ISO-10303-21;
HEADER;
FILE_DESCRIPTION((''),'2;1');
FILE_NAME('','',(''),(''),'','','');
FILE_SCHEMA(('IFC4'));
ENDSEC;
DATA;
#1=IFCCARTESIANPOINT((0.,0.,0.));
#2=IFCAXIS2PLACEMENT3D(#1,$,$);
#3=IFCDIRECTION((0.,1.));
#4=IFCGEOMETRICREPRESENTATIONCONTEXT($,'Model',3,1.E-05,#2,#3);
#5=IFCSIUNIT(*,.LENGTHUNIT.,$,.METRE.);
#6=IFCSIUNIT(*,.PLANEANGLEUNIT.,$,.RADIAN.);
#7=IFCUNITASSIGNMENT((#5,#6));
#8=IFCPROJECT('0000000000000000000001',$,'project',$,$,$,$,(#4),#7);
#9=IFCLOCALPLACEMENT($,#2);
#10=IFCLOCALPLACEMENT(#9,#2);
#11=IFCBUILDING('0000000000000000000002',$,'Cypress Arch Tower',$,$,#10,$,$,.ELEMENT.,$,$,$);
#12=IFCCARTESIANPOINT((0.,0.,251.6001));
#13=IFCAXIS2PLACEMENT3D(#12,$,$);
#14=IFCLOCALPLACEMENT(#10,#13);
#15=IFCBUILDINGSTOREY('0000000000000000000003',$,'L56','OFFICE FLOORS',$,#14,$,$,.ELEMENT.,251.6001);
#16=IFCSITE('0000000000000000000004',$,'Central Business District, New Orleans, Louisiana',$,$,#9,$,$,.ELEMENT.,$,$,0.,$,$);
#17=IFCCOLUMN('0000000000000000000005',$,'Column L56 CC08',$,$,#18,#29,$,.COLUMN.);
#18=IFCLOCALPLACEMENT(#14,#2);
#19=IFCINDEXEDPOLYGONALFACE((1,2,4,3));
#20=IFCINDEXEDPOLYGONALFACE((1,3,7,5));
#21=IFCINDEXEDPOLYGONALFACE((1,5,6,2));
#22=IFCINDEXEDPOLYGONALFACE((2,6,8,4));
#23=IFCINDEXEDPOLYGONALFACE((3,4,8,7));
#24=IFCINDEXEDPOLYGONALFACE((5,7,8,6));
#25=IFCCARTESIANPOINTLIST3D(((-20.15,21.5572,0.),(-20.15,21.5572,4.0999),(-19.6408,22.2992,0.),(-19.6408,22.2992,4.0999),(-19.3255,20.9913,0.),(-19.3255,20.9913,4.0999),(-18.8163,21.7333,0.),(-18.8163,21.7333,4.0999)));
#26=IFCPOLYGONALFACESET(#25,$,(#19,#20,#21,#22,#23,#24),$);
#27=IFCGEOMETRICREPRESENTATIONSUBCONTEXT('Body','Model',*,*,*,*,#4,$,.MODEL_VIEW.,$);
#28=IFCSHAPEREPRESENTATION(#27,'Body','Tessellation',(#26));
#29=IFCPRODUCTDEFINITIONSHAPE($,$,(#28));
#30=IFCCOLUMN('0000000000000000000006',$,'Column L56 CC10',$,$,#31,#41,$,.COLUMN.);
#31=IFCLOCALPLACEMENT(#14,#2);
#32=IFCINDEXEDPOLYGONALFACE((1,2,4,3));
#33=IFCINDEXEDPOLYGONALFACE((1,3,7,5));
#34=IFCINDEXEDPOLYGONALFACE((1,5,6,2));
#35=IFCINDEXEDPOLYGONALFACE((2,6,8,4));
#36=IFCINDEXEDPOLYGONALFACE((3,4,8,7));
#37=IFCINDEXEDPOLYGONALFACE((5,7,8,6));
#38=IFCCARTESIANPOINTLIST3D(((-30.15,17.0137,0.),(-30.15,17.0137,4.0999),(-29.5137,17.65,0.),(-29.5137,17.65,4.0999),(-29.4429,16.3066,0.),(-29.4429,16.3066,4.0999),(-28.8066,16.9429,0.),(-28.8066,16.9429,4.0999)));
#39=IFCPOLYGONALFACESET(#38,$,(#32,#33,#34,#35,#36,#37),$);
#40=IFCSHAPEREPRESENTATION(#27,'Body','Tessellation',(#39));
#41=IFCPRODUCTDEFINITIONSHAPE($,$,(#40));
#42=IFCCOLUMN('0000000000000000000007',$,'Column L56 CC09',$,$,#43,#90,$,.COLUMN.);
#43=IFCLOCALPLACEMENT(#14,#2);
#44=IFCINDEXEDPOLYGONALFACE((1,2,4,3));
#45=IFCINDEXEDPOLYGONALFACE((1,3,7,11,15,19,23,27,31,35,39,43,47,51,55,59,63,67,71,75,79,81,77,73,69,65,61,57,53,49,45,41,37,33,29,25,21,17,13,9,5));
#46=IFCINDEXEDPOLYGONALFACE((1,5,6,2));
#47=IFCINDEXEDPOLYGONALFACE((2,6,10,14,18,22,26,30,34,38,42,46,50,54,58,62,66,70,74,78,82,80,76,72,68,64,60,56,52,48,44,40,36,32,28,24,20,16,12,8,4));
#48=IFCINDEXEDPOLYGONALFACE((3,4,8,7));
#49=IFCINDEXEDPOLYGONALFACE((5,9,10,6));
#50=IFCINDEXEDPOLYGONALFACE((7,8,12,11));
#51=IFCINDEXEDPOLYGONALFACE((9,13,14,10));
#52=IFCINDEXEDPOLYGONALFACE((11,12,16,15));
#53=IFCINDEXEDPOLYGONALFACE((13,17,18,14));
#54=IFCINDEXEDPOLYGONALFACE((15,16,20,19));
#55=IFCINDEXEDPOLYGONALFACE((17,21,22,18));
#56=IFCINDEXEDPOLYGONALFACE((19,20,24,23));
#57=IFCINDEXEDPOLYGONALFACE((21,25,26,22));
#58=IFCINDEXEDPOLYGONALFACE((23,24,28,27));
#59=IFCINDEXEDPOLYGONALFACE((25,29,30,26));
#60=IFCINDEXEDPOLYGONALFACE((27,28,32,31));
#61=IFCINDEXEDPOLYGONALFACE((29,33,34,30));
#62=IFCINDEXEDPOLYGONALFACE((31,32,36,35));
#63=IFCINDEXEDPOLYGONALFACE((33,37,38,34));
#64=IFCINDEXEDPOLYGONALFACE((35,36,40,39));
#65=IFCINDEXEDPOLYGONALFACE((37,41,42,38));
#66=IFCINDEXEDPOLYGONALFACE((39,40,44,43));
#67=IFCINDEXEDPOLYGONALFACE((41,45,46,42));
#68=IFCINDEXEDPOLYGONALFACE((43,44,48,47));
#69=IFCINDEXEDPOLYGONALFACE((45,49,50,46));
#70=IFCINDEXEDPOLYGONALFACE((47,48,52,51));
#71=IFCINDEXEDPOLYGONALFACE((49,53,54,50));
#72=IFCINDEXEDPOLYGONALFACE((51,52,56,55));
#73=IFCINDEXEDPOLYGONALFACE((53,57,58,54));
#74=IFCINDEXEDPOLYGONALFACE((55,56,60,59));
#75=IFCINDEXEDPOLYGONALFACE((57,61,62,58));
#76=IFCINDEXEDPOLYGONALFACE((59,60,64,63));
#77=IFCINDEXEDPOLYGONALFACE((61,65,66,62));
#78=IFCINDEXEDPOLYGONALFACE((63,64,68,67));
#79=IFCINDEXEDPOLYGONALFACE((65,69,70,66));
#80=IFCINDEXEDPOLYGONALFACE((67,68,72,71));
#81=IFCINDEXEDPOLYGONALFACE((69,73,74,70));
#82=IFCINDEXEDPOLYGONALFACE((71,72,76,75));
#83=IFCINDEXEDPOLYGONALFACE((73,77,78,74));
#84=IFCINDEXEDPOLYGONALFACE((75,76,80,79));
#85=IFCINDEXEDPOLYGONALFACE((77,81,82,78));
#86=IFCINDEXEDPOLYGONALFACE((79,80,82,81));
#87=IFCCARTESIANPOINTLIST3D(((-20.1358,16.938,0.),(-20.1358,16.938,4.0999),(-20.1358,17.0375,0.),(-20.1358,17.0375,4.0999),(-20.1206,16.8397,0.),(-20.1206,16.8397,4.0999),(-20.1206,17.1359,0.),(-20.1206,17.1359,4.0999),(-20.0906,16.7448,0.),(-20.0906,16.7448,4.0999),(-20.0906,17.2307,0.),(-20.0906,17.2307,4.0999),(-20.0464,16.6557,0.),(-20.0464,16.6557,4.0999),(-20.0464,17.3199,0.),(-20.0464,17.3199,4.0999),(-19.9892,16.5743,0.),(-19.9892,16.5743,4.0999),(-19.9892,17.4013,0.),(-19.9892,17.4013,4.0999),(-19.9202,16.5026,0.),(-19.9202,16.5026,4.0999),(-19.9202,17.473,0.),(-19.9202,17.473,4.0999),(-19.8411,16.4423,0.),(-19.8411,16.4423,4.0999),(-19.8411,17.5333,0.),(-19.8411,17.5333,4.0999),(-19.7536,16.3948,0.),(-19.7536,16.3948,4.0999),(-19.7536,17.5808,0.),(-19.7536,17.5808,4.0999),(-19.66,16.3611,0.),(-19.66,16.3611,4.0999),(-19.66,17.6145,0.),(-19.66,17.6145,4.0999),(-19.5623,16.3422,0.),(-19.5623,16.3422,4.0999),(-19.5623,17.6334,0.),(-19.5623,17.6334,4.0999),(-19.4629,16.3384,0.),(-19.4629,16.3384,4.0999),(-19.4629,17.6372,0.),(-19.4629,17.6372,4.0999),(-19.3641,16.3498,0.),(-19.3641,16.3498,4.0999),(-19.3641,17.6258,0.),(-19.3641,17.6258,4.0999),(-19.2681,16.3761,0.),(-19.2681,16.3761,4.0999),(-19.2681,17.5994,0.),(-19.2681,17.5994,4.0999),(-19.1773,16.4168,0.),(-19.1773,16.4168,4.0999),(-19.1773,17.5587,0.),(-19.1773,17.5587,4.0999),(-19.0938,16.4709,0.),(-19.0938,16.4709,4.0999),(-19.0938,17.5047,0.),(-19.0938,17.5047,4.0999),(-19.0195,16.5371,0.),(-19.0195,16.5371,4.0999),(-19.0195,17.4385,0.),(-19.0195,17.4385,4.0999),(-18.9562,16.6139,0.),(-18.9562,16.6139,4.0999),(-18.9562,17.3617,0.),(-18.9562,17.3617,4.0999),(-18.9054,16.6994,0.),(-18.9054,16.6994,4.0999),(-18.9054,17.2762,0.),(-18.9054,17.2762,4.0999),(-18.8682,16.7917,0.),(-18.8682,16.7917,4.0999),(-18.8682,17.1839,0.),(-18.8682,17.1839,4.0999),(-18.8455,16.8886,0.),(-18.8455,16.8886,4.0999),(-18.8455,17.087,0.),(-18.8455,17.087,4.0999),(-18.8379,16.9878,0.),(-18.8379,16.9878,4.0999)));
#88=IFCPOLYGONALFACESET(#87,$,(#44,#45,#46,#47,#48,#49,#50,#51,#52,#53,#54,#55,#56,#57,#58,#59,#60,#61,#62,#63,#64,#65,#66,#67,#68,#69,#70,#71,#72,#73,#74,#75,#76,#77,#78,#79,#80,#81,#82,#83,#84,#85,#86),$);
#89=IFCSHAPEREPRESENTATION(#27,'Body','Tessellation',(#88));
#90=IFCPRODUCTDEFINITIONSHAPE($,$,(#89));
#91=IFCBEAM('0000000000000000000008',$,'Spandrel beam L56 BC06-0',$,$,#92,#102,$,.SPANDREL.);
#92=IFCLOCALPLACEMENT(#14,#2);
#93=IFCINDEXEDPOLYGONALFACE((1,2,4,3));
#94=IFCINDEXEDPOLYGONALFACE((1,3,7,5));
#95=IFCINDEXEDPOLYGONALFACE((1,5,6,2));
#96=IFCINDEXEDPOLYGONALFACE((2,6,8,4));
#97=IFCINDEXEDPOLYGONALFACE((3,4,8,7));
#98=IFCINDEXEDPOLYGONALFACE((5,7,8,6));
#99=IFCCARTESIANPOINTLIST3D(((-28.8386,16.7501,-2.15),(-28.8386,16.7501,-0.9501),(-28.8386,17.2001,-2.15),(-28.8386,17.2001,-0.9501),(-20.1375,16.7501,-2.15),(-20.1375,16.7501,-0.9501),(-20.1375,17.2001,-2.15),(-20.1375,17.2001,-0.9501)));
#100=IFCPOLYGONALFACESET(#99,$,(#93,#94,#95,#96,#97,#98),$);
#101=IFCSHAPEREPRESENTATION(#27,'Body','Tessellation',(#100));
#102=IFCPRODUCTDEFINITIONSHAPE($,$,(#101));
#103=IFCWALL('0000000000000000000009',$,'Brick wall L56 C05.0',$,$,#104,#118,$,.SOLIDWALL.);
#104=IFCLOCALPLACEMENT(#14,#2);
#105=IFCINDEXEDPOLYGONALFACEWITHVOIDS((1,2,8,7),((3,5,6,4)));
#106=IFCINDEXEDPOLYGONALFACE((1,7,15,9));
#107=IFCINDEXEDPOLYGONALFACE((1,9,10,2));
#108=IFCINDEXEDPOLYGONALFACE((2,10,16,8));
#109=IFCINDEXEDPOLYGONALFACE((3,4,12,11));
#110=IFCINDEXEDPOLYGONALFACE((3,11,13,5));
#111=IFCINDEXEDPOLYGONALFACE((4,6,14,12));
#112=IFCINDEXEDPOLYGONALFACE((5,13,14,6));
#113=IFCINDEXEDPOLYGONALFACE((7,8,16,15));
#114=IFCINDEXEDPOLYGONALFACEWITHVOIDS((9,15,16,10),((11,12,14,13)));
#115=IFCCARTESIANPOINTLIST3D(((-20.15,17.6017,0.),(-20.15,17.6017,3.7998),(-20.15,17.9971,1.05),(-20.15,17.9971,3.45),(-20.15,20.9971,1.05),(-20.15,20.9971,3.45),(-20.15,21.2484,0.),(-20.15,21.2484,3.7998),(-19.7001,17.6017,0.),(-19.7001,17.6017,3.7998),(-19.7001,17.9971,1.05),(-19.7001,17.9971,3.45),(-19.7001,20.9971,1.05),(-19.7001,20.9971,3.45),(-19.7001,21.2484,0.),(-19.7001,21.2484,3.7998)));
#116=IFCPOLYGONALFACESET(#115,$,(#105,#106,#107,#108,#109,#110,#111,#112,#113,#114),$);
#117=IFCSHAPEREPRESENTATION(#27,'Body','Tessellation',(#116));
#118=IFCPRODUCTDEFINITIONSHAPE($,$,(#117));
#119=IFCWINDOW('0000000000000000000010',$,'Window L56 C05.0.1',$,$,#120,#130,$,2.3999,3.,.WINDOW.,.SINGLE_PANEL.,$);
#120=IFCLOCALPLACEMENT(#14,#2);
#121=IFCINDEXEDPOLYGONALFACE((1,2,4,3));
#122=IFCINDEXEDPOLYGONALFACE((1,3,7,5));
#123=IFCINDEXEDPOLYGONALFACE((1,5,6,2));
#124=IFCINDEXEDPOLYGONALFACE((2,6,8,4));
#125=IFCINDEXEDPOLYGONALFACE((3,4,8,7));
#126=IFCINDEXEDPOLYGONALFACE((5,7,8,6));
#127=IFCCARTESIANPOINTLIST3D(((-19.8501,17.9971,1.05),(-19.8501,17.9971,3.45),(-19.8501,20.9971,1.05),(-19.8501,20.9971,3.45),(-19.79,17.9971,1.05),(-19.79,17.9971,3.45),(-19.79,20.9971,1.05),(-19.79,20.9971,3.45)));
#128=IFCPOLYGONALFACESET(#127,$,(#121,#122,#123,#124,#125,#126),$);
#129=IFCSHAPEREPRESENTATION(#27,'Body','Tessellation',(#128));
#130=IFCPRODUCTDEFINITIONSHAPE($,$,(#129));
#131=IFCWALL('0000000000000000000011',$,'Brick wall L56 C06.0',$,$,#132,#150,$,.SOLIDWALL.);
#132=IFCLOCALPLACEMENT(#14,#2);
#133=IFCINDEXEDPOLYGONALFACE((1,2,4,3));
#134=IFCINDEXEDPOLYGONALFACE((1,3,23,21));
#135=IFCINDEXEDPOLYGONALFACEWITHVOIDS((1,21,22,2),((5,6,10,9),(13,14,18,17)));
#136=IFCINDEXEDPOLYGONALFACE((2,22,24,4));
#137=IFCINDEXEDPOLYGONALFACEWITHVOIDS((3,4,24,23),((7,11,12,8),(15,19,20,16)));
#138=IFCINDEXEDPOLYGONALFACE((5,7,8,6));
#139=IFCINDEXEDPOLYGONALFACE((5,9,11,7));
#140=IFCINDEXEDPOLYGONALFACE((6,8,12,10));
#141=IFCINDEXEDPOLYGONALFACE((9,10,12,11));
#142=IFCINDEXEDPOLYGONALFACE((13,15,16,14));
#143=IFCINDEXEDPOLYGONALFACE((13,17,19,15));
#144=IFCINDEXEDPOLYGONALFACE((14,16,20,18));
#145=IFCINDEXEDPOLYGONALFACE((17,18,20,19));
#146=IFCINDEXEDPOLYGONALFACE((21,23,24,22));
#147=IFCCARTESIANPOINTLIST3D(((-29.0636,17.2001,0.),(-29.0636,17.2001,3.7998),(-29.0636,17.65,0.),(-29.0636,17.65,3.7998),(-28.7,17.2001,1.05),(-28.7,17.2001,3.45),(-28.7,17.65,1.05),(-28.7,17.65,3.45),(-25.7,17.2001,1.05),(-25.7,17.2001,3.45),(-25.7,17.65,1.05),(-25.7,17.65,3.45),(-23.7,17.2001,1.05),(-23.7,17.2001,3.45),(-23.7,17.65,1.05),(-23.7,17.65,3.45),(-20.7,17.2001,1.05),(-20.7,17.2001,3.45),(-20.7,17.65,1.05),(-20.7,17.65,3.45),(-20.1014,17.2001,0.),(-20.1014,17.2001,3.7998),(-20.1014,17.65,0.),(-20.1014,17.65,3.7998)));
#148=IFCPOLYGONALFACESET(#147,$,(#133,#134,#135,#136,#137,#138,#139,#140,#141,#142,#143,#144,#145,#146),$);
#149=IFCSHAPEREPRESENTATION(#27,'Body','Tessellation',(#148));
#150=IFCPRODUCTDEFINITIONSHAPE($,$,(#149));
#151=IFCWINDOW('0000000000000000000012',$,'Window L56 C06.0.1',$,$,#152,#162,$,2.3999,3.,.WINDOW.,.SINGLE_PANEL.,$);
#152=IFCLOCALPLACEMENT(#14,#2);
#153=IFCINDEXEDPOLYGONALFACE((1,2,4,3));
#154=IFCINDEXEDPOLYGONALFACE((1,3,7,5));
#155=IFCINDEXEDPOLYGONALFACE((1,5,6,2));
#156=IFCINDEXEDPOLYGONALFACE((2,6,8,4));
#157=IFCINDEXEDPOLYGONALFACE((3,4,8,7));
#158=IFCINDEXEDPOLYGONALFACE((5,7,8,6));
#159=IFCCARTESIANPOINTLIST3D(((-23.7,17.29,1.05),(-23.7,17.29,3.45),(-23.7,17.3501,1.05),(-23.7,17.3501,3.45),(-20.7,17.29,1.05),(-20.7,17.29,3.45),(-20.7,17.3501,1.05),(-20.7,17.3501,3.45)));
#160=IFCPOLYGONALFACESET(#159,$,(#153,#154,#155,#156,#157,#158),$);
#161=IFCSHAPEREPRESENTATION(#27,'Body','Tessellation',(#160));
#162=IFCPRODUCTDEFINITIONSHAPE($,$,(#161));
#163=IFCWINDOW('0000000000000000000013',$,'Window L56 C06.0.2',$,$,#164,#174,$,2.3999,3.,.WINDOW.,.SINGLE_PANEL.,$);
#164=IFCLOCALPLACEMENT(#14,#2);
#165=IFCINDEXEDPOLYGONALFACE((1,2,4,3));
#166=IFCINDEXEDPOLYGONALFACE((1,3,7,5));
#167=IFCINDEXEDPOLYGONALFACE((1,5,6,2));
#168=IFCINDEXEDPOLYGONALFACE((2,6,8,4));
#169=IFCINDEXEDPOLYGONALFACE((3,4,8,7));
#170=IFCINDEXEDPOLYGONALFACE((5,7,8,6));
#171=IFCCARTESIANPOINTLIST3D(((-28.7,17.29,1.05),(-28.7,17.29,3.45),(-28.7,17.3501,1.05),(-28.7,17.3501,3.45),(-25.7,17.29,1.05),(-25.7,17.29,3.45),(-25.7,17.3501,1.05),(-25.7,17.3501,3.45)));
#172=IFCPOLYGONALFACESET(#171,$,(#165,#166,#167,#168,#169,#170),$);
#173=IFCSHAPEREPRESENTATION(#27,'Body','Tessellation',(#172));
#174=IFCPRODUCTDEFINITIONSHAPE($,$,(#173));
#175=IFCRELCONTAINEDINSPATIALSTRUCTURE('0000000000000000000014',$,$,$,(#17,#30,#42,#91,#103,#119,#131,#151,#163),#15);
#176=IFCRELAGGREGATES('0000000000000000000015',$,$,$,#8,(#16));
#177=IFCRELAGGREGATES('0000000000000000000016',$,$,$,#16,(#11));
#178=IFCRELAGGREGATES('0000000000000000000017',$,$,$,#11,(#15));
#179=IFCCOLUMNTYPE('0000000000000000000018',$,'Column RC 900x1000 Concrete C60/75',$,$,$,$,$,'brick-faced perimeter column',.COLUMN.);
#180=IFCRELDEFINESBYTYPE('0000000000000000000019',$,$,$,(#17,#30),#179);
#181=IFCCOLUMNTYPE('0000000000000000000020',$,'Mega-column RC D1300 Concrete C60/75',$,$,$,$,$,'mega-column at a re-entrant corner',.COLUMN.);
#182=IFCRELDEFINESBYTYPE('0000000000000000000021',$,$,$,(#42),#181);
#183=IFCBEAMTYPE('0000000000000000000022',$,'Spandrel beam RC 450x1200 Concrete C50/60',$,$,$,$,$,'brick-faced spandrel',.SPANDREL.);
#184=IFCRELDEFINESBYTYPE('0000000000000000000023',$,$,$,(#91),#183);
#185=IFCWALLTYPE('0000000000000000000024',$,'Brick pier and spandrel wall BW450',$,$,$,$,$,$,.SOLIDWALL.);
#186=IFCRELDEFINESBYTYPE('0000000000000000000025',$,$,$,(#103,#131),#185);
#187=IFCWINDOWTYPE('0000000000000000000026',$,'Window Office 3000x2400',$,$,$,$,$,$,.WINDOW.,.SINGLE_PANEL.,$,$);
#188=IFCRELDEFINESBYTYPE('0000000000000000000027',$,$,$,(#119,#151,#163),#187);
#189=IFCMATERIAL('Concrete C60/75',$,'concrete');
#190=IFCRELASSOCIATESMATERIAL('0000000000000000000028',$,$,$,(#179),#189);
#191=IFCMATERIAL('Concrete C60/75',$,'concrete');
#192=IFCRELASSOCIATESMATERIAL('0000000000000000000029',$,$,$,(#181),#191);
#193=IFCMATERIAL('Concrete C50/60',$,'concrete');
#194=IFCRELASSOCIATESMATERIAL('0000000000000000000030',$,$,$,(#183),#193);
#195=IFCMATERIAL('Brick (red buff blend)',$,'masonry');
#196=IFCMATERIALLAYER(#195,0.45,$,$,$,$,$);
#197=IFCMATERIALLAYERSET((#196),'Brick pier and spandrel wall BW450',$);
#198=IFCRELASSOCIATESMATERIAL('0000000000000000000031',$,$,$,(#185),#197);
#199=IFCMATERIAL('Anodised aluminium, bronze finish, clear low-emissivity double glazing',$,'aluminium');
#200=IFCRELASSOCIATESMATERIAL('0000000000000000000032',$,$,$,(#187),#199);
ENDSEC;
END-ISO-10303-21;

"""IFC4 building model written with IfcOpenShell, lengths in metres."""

from ifc_helpers import new_model, si_unit, direction, frame, frame_2d, origin, origin_2d, place, context, subcontext, project, spatial, rectangle, circle, extrude, material, layer, layer_set, material_profile, profile_set, type_object, element, fill, save


model = new_model("IFC4")

# Units and contexts
model_context = context("Model", 3, precision=1e-05, world=origin(), true_north=direction((0.0, 1.0)))
body_context = subcontext(model_context, "Body", "Model", "MODEL_VIEW")
ifc_project = project(units=[si_unit("LENGTHUNIT", "METRE"), si_unit("PLANEANGLEUNIT", "RADIAN")], contexts=[model_context])

# Site, building, storey
site_placement = place(None, origin())
site = spatial("IfcSite", under=ifc_project, at=site_placement, Name="Central Business District, New Orleans, Louisiana", CompositionType="ELEMENT", RefElevation=0.0)
building_placement = place(site_placement, origin())
building = spatial("IfcBuilding", under=site, at=building_placement, Name="Cypress Arch Tower", CompositionType="ELEMENT")
storey_placement = place(building_placement, frame((0.0, 0.0, 251.6001)))
storey = spatial("IfcBuildingStorey", under=building, at=storey_placement, Name="L56", Description="OFFICE FLOORS", CompositionType="ELEMENT", Elevation=251.6001)

# Columns
ifc_material_1 = material(Name="Concrete C60/75", Category="concrete")
ifc_material_profile_1 = material_profile(ifc_material_1, rectangle(XDim=0.8999, YDim=1.0, at=origin_2d()), Name="RC 900x1000")
ifc_profile_set_1 = profile_set([ifc_material_profile_1], Name="Concrete C60/75")
column_type_1 = type_object("IfcColumnType", Name="Column RC 900x1000 Concrete C60/75", ElementType="brick-faced perimeter column", PredefinedType="COLUMN", material=ifc_profile_set_1)
for number, where, z_axis, x_axis, name in (
    (1, (-19.4832, 21.6453, 0.0), (0.0, 0.0, 1.0), (-0.565893, -0.824479, 0.0), "Column L56 CC08"),
    (2, (-29.4783, 16.9783, 0.0), (0.0, 0.0, 1.0), (-0.707107, -0.707107, 0.0), "Column L56 CC10"),
):
    element("IfcColumn", number, at=place(storey_placement, frame(where, z_axis=z_axis, x_axis=x_axis)), inside=storey, type_object=column_type_1, Name=name, PredefinedType="COLUMN", context=body_context, shape_type="SweptSolid", body=[
        extrude(rectangle(XDim=0.8999, YDim=1.0, at=origin_2d()), origin(), (0.0, 0.0, 1.0), 4.0999),
    ])
ifc_material_2 = material(Name="Concrete C60/75", Category="concrete")
ifc_material_profile_2 = material_profile(ifc_material_2, circle(Radius=0.6499, at=origin_2d()), Name="RC D1300")
ifc_profile_set_2 = profile_set([ifc_material_profile_2], Name="Concrete C60/75")
column_type_2 = type_object("IfcColumnType", Name="Mega-column RC D1300 Concrete C60/75", ElementType="mega-column at a re-entrant corner", PredefinedType="COLUMN", material=ifc_profile_set_2)
column_placement = place(storey_placement, frame((-19.4878, 16.9878, 0.0), z_axis=(0.0, 0.0, 1.0), x_axis=(1.0, 0.0, 0.0)))
element("IfcColumn", 3, at=column_placement, inside=storey, type_object=column_type_2, Name="Column L56 CC09", PredefinedType="COLUMN", context=body_context, shape_type="SweptSolid", body=[
    extrude(circle(Radius=0.6499, at=origin_2d()), origin(), (0.0, 0.0, 1.0), 4.0999),
])

# Beam
ifc_material_3 = material(Name="Concrete C50/60", Category="concrete")
ifc_material_profile_3 = material_profile(ifc_material_3, rectangle(XDim=0.45, YDim=1.2, at=origin_2d()), Name="RC 450x1200")
ifc_profile_set_3 = profile_set([ifc_material_profile_3], Name="Concrete C50/60")
beam_type = type_object("IfcBeamType", Name="Spandrel beam RC 450x1200 Concrete C50/60", ElementType="brick-faced spandrel", PredefinedType="SPANDREL", material=ifc_profile_set_3)
beam_placement = place(storey_placement, frame((-20.1375, 16.9751, -1.55), z_axis=(-1.0, 0.0, 0.0), x_axis=(0.0, -1.0, 0.0)))
element("IfcBeam", 4, at=beam_placement, inside=storey, type_object=beam_type, Name="Spandrel beam L56 BC06-0", PredefinedType="SPANDREL", context=body_context, shape_type="SweptSolid", body=[
    extrude(rectangle(XDim=0.45, YDim=1.2, at=origin_2d()), origin(), (0.0, 0.0, 1.0), 8.7012),
])

# Wall, opening, window
ifc_material_4 = material(Name="Brick (red buff blend)", Category="masonry")
ifc_layer_1 = layer(ifc_material_4, 0.45)
ifc_layer_set_1 = layer_set([ifc_layer_1], Name="Brick pier and spandrel wall BW450")
wall_type_1 = type_object("IfcWallType", Name="Brick pier and spandrel wall BW450", PredefinedType="SOLIDWALL", material=ifc_layer_set_1)
wall_1_placement = place(storey_placement, frame((-19.925, 21.2483, 0.0), z_axis=(0.0, 0.0, 1.0), x_axis=(0.0, -1.0, 0.0)))
wall_1 = element("IfcWall", 5, at=wall_1_placement, inside=storey, type_object=wall_type_1, Name="Brick wall L56 C05.0", PredefinedType="SOLIDWALL", context=body_context, shape_type="SweptSolid", body=[
    extrude(rectangle(XDim=3.6467, YDim=0.45, at=frame_2d((1.8232, 0.0))), origin(), (0.0, 0.0, 1.0), 3.7998),
])
opening_1_placement = place(wall_1_placement, frame((0.2512, 0.0, 1.05)))
opening_1 = element("IfcOpeningElement", 6, at=opening_1_placement, cuts=wall_1, PredefinedType="OPENING", context=body_context, shape_type="SweptSolid", body=[
    extrude(rectangle(XDim=3.0, YDim=2.3999, at=frame_2d((1.5, 1.2))), frame((0.0, 0.2349, 0.0), z_axis=(0.0, -1.0, 0.0), x_axis=(1.0, 0.0, 0.0)), (0.0, 0.0, 1.0), 0.47),
])
ifc_material_5 = material(Name="Anodised aluminium, bronze finish, clear low-emissivity double glazing", Category="aluminium")
window_type = type_object("IfcWindowType", Name="Window Office 3000x2400", PartitioningType="SINGLE_PANEL", PredefinedType="WINDOW", material=ifc_material_5)
window_1_placement = place(opening_1_placement, origin())
window_1 = element("IfcWindow", 7, at=window_1_placement, inside=storey, type_object=window_type, Name="Window L56 C05.0.1", OverallHeight=2.3999, OverallWidth=3.0, PartitioningType="SINGLE_PANEL", PredefinedType="WINDOW", context=body_context, shape_type="SweptSolid", body=[
    extrude(rectangle(XDim=3.0, YDim=2.3999, at=frame_2d((1.5, 1.2))), frame((0.0, 0.135, 0.0), z_axis=(0.0, -1.0, 0.0), x_axis=(1.0, 0.0, 0.0)), (0.0, 0.0, 1.0), 0.0601),
])
fill(opening_1, window_1)

# Wall, openings, windows
wall_2_placement = place(storey_placement, frame((-20.1016, 17.425, 0.0), z_axis=(0.0, 0.0, 1.0), x_axis=(-1.0, 0.0, 0.0)))
wall_2 = element("IfcWall", 8, at=wall_2_placement, inside=storey, type_object=wall_type_1, Name="Brick wall L56 C06.0", PredefinedType="SOLIDWALL", context=body_context, shape_type="SweptSolid", body=[
    extrude(rectangle(XDim=8.9622, YDim=0.45, at=frame_2d((4.481, 0.0))), origin(), (0.0, 0.0, 1.0), 3.7998),
])
opening_2_placement = place(wall_2_placement, frame((0.5984, 0.0, 1.05)))
opening_2 = element("IfcOpeningElement", 9, at=opening_2_placement, cuts=wall_2, PredefinedType="OPENING", context=body_context, shape_type="SweptSolid", body=[
    extrude(rectangle(XDim=3.0, YDim=2.3999, at=frame_2d((1.5, 1.2))), frame((0.0, 0.2349, 0.0), z_axis=(0.0, -1.0, 0.0), x_axis=(1.0, 0.0, 0.0)), (0.0, 0.0, 1.0), 0.47),
])
opening_3_placement = place(wall_2_placement, frame((5.5984, 0.0, 1.05)))
opening_3 = element("IfcOpeningElement", 10, at=opening_3_placement, cuts=wall_2, PredefinedType="OPENING", context=body_context, shape_type="SweptSolid", body=[
    extrude(rectangle(XDim=3.0, YDim=2.3999, at=frame_2d((1.5, 1.2))), frame((0.0, 0.2349, 0.0), z_axis=(0.0, -1.0, 0.0), x_axis=(1.0, 0.0, 0.0)), (0.0, 0.0, 1.0), 0.47),
])
window_2_placement = place(opening_2_placement, origin())
window_2 = element("IfcWindow", 11, at=window_2_placement, inside=storey, type_object=window_type, Name="Window L56 C06.0.1", OverallHeight=2.3999, OverallWidth=3.0, PartitioningType="SINGLE_PANEL", PredefinedType="WINDOW", context=body_context, shape_type="SweptSolid", body=[
    extrude(rectangle(XDim=3.0, YDim=2.3999, at=frame_2d((1.5, 1.2))), frame((0.0, 0.135, 0.0), z_axis=(0.0, -1.0, 0.0), x_axis=(1.0, 0.0, 0.0)), (0.0, 0.0, 1.0), 0.0601),
])
fill(opening_2, window_2)
window_3_placement = place(opening_3_placement, origin())
window_3 = element("IfcWindow", 12, at=window_3_placement, inside=storey, type_object=window_type, Name="Window L56 C06.0.2", OverallHeight=2.3999, OverallWidth=3.0, PartitioningType="SINGLE_PANEL", PredefinedType="WINDOW", context=body_context, shape_type="SweptSolid", body=[
    extrude(rectangle(XDim=3.0, YDim=2.3999, at=frame_2d((1.5, 1.2))), frame((0.0, 0.135, 0.0), z_axis=(0.0, -1.0, 0.0), x_axis=(1.0, 0.0, 0.0)), (0.0, 0.0, 1.0), 0.0601),
])
fill(opening_3, window_3)

save(model, "model.ifc")
